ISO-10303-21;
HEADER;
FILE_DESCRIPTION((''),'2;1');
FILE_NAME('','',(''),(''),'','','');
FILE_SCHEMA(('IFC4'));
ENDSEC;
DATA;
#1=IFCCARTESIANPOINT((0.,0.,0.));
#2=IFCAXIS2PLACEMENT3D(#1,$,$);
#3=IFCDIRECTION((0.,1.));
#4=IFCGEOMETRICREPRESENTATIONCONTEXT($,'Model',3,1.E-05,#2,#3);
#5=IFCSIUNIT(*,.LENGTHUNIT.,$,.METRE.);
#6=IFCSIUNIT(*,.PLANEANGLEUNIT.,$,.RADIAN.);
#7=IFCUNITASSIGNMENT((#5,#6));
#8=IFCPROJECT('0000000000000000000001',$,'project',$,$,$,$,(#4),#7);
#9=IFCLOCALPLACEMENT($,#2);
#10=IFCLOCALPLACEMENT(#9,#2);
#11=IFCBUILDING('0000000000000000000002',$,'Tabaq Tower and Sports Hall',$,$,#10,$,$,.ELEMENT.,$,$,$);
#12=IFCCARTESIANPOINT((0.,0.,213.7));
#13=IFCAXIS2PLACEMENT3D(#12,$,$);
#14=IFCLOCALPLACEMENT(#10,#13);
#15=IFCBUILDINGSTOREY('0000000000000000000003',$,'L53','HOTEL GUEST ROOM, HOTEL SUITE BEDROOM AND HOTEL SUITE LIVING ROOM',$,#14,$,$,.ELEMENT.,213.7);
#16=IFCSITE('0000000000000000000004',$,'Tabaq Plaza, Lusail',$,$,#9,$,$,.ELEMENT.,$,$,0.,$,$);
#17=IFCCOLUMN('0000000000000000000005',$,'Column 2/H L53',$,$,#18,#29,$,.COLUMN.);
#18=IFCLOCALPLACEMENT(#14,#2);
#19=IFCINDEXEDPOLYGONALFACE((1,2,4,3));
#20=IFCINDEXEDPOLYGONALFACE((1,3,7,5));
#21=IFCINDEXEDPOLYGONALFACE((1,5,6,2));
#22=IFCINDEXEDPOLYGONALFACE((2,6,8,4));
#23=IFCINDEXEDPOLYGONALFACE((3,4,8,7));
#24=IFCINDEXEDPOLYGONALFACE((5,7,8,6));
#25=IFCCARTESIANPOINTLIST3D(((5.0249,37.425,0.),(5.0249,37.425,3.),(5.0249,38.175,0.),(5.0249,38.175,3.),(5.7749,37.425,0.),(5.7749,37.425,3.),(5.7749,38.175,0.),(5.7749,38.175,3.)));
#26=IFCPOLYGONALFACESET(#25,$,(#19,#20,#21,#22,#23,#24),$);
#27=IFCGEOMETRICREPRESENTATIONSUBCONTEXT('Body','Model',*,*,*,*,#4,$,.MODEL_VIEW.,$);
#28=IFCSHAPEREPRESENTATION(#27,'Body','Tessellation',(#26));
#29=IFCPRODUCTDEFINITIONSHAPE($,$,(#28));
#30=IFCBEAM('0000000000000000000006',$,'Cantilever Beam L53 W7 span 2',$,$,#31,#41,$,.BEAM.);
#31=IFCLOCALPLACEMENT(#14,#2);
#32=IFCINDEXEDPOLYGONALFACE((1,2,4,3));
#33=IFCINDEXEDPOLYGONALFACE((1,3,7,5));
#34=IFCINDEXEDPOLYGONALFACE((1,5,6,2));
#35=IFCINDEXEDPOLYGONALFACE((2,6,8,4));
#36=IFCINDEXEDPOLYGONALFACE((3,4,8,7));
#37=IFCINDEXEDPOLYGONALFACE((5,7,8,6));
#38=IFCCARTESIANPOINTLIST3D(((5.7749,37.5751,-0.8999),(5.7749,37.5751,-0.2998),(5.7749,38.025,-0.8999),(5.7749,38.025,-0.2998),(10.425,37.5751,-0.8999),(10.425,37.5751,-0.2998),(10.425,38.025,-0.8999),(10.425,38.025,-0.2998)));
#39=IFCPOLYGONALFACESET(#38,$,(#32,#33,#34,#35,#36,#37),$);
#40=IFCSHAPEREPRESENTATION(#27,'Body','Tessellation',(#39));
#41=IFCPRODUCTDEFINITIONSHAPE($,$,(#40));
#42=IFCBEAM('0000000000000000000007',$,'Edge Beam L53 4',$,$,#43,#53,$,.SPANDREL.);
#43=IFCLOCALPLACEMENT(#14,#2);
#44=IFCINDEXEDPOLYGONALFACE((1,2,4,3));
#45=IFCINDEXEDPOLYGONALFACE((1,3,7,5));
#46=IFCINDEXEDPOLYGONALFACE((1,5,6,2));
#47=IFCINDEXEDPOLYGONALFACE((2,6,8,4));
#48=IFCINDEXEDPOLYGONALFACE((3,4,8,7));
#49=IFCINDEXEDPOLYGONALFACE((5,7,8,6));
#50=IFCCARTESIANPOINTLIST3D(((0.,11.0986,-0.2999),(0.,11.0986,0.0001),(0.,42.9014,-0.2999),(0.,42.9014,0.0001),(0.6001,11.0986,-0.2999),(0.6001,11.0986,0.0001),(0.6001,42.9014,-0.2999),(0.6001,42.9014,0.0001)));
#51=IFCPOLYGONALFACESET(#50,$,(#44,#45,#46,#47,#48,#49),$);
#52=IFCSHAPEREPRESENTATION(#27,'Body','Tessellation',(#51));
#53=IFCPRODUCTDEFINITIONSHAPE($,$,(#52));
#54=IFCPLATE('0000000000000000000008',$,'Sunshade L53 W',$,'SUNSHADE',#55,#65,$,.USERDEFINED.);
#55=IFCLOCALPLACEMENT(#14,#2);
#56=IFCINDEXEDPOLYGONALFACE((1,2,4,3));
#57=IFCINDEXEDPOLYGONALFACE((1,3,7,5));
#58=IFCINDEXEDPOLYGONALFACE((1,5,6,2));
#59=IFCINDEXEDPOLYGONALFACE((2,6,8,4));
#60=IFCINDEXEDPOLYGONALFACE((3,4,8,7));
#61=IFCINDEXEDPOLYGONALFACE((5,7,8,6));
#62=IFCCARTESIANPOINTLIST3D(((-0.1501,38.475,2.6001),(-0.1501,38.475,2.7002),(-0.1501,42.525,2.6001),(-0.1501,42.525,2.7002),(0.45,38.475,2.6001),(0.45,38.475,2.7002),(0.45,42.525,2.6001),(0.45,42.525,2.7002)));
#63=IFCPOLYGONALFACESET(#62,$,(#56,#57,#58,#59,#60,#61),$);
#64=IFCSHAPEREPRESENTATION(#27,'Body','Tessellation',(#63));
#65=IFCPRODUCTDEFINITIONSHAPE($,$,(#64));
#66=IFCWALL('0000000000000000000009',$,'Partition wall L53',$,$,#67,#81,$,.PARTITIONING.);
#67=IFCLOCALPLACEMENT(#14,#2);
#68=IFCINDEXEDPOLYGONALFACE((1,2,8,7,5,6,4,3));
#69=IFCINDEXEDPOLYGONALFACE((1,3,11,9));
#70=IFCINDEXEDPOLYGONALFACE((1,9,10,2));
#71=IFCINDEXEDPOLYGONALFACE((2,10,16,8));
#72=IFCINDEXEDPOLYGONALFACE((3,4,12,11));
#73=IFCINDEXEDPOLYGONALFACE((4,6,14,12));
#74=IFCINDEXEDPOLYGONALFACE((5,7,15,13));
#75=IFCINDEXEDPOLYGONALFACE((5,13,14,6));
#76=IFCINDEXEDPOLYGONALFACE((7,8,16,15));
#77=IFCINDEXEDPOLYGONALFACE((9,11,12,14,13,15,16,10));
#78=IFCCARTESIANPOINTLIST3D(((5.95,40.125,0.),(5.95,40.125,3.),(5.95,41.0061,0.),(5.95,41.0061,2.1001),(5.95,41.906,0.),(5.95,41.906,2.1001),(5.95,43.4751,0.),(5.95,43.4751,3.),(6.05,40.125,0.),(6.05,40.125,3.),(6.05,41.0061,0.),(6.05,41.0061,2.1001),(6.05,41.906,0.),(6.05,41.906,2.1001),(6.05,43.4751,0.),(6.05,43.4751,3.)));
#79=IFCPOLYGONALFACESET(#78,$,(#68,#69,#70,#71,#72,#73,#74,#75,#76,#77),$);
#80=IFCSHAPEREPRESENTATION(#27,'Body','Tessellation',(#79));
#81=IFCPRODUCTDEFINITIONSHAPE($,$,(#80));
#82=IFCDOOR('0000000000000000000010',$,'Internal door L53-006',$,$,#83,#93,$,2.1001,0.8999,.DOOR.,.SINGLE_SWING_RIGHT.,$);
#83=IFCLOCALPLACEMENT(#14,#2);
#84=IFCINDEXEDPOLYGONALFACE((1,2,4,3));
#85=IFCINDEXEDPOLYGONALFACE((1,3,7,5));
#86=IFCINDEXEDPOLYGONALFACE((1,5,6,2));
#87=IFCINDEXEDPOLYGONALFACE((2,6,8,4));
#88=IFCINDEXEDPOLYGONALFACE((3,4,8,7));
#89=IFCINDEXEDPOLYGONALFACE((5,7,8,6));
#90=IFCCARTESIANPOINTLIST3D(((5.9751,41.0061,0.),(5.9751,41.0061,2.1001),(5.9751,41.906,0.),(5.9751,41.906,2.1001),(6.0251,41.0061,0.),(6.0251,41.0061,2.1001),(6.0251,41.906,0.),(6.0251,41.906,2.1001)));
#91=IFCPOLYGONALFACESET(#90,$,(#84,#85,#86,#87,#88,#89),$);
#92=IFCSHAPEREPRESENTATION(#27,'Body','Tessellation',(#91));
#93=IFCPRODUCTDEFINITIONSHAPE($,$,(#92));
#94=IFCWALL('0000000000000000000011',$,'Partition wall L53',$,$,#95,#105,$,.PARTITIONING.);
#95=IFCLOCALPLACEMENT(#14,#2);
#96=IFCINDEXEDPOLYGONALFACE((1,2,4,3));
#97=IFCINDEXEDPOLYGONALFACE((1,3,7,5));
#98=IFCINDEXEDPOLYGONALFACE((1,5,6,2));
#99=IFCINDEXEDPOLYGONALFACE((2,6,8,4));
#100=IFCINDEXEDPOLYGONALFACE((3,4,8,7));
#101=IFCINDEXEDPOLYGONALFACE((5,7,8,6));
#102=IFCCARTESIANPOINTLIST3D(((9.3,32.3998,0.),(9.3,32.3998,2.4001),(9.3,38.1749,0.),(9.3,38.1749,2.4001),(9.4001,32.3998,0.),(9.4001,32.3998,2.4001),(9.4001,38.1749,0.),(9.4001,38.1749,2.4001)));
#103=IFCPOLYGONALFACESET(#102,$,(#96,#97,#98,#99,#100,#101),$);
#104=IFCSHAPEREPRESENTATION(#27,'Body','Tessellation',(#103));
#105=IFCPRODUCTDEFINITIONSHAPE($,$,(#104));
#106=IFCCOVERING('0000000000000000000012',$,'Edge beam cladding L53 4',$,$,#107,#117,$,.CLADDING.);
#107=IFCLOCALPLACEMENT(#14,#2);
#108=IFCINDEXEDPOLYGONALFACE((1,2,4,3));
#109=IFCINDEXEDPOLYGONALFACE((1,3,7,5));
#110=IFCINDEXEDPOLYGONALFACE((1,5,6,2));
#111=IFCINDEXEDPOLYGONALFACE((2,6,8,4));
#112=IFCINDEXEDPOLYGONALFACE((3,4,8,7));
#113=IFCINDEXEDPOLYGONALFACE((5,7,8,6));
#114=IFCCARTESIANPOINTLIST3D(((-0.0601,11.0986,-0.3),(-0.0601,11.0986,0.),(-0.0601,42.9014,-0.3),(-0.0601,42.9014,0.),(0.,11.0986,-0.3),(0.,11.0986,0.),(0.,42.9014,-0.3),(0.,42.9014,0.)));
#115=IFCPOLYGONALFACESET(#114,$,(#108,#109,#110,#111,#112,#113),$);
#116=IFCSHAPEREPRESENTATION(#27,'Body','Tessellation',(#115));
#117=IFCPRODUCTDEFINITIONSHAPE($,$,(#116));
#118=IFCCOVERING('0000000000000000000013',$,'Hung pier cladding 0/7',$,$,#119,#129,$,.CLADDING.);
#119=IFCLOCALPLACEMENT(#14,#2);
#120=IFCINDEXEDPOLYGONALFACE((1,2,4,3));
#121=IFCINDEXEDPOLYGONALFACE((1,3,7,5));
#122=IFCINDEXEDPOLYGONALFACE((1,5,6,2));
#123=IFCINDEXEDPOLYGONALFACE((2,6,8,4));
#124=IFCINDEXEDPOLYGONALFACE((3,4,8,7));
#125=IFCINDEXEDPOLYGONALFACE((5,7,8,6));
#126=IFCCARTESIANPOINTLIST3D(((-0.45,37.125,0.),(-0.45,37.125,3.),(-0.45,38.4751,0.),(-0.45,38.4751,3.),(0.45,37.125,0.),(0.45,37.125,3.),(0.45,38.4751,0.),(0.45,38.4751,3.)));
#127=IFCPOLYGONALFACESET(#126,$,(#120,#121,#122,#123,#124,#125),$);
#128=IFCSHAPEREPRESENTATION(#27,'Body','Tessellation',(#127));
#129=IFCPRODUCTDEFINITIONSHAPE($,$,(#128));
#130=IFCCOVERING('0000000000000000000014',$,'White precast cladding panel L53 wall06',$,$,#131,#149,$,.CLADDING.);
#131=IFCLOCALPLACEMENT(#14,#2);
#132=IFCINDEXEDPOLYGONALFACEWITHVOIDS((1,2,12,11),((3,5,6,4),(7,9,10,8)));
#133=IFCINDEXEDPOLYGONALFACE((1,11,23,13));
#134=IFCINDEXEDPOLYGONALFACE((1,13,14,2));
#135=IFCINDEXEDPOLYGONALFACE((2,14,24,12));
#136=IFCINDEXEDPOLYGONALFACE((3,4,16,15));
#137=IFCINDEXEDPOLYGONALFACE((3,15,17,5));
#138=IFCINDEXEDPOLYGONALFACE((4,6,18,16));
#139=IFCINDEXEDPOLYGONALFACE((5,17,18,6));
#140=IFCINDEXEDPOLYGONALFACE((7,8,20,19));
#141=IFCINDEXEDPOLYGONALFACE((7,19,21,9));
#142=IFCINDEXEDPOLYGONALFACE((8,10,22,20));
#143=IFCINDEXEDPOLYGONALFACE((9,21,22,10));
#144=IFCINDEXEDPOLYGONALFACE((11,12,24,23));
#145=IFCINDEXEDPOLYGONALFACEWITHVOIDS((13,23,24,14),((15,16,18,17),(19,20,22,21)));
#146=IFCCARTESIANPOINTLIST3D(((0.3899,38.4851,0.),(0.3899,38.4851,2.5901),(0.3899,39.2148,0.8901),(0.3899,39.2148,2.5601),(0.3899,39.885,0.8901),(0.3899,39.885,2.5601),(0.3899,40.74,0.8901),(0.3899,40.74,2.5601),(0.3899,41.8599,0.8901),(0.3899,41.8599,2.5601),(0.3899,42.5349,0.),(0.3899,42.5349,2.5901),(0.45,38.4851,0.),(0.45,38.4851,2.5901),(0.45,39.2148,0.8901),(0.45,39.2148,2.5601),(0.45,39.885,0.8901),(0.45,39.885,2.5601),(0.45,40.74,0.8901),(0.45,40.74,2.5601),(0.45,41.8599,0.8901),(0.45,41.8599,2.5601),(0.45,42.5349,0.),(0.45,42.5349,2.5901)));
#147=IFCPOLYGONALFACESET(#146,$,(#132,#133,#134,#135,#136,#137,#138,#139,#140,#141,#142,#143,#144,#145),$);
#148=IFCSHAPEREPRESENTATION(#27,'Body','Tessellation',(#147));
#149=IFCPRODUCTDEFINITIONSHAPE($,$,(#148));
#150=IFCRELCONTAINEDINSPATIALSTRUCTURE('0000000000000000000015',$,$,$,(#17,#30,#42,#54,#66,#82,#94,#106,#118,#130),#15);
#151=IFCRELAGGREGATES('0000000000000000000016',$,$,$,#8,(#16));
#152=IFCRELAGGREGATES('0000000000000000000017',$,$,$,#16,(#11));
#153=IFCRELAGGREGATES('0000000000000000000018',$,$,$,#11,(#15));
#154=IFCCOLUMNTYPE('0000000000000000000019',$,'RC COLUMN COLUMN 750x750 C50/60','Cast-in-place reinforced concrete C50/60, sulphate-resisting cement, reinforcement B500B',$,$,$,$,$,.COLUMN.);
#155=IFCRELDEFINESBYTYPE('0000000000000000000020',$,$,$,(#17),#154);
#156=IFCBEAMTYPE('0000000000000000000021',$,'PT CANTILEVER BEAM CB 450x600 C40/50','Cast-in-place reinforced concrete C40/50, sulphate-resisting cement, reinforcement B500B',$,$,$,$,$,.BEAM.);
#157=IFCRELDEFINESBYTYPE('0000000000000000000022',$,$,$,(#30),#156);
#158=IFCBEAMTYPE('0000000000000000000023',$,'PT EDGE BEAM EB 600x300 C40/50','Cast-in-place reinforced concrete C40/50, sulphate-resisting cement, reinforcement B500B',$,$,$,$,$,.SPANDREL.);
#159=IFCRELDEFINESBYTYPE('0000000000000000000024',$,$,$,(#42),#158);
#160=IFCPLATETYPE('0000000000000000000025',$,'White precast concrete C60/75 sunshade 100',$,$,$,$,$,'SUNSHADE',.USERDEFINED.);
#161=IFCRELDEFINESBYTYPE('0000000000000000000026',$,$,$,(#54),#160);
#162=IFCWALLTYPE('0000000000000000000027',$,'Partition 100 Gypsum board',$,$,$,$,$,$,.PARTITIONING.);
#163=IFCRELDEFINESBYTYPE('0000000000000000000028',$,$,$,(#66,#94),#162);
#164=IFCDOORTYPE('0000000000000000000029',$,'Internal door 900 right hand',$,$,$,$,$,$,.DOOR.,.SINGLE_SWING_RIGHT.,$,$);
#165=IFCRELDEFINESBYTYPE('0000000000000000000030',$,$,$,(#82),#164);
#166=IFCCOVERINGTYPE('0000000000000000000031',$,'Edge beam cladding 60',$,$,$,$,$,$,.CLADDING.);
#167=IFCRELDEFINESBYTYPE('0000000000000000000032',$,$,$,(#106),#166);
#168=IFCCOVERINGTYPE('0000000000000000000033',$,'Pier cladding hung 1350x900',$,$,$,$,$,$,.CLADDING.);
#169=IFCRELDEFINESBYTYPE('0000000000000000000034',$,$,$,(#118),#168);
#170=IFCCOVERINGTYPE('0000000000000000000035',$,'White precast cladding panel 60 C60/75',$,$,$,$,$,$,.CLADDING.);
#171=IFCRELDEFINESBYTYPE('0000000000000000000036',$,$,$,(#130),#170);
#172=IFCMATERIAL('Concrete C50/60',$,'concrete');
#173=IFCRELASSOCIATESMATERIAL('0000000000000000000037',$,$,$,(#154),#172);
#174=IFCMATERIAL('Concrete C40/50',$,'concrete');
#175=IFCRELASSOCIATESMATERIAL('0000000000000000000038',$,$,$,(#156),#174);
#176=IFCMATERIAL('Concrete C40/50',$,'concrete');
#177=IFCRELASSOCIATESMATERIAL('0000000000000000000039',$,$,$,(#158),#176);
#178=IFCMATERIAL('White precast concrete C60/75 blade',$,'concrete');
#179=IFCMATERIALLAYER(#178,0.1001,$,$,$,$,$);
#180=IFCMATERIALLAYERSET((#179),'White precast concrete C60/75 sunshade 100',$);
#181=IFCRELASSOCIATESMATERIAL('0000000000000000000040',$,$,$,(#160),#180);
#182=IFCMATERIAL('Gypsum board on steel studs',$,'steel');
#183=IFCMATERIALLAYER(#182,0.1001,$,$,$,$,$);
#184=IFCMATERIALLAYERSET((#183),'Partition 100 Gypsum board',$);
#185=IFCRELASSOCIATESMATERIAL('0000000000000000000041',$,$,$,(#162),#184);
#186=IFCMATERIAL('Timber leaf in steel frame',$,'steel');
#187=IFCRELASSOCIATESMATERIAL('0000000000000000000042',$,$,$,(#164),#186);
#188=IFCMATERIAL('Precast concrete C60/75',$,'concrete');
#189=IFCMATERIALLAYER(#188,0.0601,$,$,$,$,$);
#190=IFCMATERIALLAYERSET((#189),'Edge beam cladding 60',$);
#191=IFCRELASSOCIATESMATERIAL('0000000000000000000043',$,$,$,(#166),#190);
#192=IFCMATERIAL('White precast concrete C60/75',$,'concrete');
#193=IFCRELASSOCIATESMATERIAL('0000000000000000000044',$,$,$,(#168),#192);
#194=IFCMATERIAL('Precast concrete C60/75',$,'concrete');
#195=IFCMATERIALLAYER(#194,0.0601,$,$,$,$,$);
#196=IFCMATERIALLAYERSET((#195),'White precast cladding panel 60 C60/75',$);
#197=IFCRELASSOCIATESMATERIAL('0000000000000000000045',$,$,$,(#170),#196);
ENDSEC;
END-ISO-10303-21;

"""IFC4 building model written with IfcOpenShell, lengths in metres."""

from ifc_helpers import new_model, si_unit, direction, frame, frame_2d, origin, origin_2d, place, context, subcontext, project, spatial, polyline, rectangle, outline, extrude, material, layer, layer_set, material_profile, profile_set, type_object, element, fill, save


model = new_model("IFC4")

# Units and contexts
model_context = context("Model", 3, precision=1e-05, world=origin(), true_north=direction((0.0, 1.0)))
body_context = subcontext(model_context, "Body", "Model", "MODEL_VIEW")
ifc_project = project(units=[si_unit("LENGTHUNIT", "METRE"), si_unit("PLANEANGLEUNIT", "RADIAN")], contexts=[model_context])

# Site, building, storey
site_placement = place(None, origin())
site = spatial("IfcSite", under=ifc_project, at=site_placement, Name="Tabaq Plaza, Lusail", CompositionType="ELEMENT", RefElevation=0.0)
building_placement = place(site_placement, origin())
building = spatial("IfcBuilding", under=site, at=building_placement, Name="Tabaq Tower and Sports Hall", CompositionType="ELEMENT")
storey_placement = place(building_placement, frame((0.0, 0.0, 213.7)))
storey = spatial("IfcBuildingStorey", under=building, at=storey_placement, Name="L53", Description="HOTEL GUEST ROOM, HOTEL SUITE BEDROOM AND HOTEL SUITE LIVING ROOM", CompositionType="ELEMENT", Elevation=213.7)

# Column
ifc_material_1 = material(Name="Concrete C50/60", Category="concrete")
ifc_material_profile_1 = material_profile(ifc_material_1, rectangle(XDim=0.75, YDim=0.75, at=origin_2d()), Name="COLUMN 750x750")
ifc_profile_set_1 = profile_set([ifc_material_profile_1], Name="Concrete C50/60")
column_type = type_object("IfcColumnType", Name="RC COLUMN COLUMN 750x750 C50/60", Description="Cast-in-place reinforced concrete C50/60, sulphate-resisting cement, reinforcement B500B", PredefinedType="COLUMN", material=ifc_profile_set_1)
column_placement = place(storey_placement, frame((5.3999, 37.8, 0.0), z_axis=(0.0, 0.0, 1.0), x_axis=(1.0, 0.0, 0.0)))
element("IfcColumn", 1, at=column_placement, inside=storey, type_object=column_type, Name="Column 2/H L53", PredefinedType="COLUMN", context=body_context, shape_type="SweptSolid", body=[
    extrude(rectangle(XDim=0.75, YDim=0.75, at=origin_2d()), origin(), (0.0, 0.0, 1.0), 3.0),
])

# Beams
ifc_material_2 = material(Name="Concrete C40/50", Category="concrete")
ifc_material_profile_2 = material_profile(ifc_material_2, rectangle(XDim=0.45, YDim=0.6001, at=origin_2d()), Name="CB 450x600")
ifc_profile_set_2 = profile_set([ifc_material_profile_2], Name="Concrete C40/50")
beam_type_1 = type_object("IfcBeamType", Name="PT CANTILEVER BEAM CB 450x600 C40/50", Description="Cast-in-place reinforced concrete C40/50, sulphate-resisting cement, reinforcement B500B", PredefinedType="BEAM", material=ifc_profile_set_2)
beam_1_placement = place(storey_placement, frame((5.7749, 37.8, -0.5999), z_axis=(1.0, 0.0, 0.0), x_axis=(0.0, 1.0, 0.0)))
element("IfcBeam", 2, at=beam_1_placement, inside=storey, type_object=beam_type_1, Name="Cantilever Beam L53 W7 span 2", PredefinedType="BEAM", context=body_context, shape_type="SweptSolid", body=[
    extrude(rectangle(XDim=0.45, YDim=0.6001, at=origin_2d()), origin(), (0.0, 0.0, 1.0), 4.6501),
])
ifc_material_3 = material(Name="Concrete C40/50", Category="concrete")
ifc_material_profile_3 = material_profile(ifc_material_3, rectangle(XDim=0.6001, YDim=0.3, at=origin_2d()), Name="EB 600x300")
ifc_profile_set_3 = profile_set([ifc_material_profile_3], Name="Concrete C40/50")
beam_type_2 = type_object("IfcBeamType", Name="PT EDGE BEAM EB 600x300 C40/50", Description="Cast-in-place reinforced concrete C40/50, sulphate-resisting cement, reinforcement B500B", PredefinedType="SPANDREL", material=ifc_profile_set_3)
beam_2_placement = place(storey_placement, frame((0.3, 42.9014, -0.1499), z_axis=(0.0, -1.0, 0.0), x_axis=(1.0, 0.0, 0.0)))
element("IfcBeam", 3, at=beam_2_placement, inside=storey, type_object=beam_type_2, Name="Edge Beam L53 4", PredefinedType="SPANDREL", context=body_context, shape_type="SweptSolid", body=[
    extrude(rectangle(XDim=0.6001, YDim=0.3, at=origin_2d()), origin(), (0.0, 0.0, 1.0), 31.8027),
])

# Plate
ifc_material_4 = material(Name="White precast concrete C60/75 blade", Category="concrete")
ifc_layer_1 = layer(ifc_material_4, 0.1001)
ifc_layer_set_1 = layer_set([ifc_layer_1], Name="White precast concrete C60/75 sunshade 100")
plate_type = type_object("IfcPlateType", Name="White precast concrete C60/75 sunshade 100", ElementType="SUNSHADE", PredefinedType="USERDEFINED", material=ifc_layer_set_1)
plate_placement = place(storey_placement, frame((0.1499, 40.5, 2.6001), z_axis=(0.0, 0.0, 1.0), x_axis=(0.0, -1.0, 0.0)))
element("IfcPlate", 4, at=plate_placement, inside=storey, type_object=plate_type, Name="Sunshade L53 W", ObjectType="SUNSHADE", PredefinedType="USERDEFINED", context=body_context, shape_type="SweptSolid", body=[
    extrude(rectangle(XDim=4.05, YDim=0.6001, at=origin_2d()), origin(), (0.0, 0.0, 1.0), 0.1001),
])

# Wall, opening, door
ifc_material_5 = material(Name="Gypsum board on steel studs", Category="steel")
ifc_layer_2 = layer(ifc_material_5, 0.1001)
ifc_layer_set_2 = layer_set([ifc_layer_2], Name="Partition 100 Gypsum board")
wall_type_1 = type_object("IfcWallType", Name="Partition 100 Gypsum board", PredefinedType="PARTITIONING", material=ifc_layer_set_2)
wall_1_placement = place(storey_placement, frame((6.0, 40.125, 0.0), z_axis=(0.0, 0.0, 1.0), x_axis=(0.0, 1.0, 0.0)))
wall_1 = element("IfcWall", 5, at=wall_1_placement, inside=storey, type_object=wall_type_1, Name="Partition wall L53", PredefinedType="PARTITIONING", context=body_context, shape_type="SweptSolid", body=[
    extrude(rectangle(XDim=3.3501, YDim=0.1001, at=frame_2d((1.675, 0.0))), origin(), (0.0, 0.0, 1.0), 3.0),
])
opening_1_placement = place(wall_1_placement, frame((0.8811, 0.0, 0.0)))
opening_1 = element("IfcOpeningElement", 6, at=opening_1_placement, cuts=wall_1, PredefinedType="OPENING", context=body_context, shape_type="SweptSolid", body=[
    extrude(rectangle(XDim=0.8999, YDim=2.1001, at=frame_2d((0.45, 1.05))), frame((0.0, 0.05, 0.0), z_axis=(0.0, -1.0, 0.0), x_axis=(1.0, 0.0, 0.0)), (0.0, 0.0, 1.0), 0.1001),
])
ifc_material_6 = material(Name="Timber leaf in steel frame", Category="steel")
door_type = type_object("IfcDoorType", Name="Internal door 900 right hand", OperationType="SINGLE_SWING_RIGHT", PredefinedType="DOOR", material=ifc_material_6)
door_placement = place(opening_1_placement, origin())
door = element("IfcDoor", 7, at=door_placement, inside=storey, type_object=door_type, Name="Internal door L53-006", OperationType="SINGLE_SWING_RIGHT", OverallHeight=2.1001, OverallWidth=0.8999, PredefinedType="DOOR", context=body_context, shape_type="SweptSolid", body=[
    extrude(rectangle(XDim=0.8999, YDim=2.1001, at=frame_2d((0.45, 1.05))), frame((0.0, 0.0249, 0.0), z_axis=(0.0, -1.0, 0.0), x_axis=(1.0, 0.0, 0.0)), (0.0, 0.0, 1.0), 0.05),
])
fill(opening_1, door)

# Wall
wall_2_placement = place(storey_placement, frame((9.3501, 38.175, 0.0), z_axis=(0.0, 0.0, 1.0), x_axis=(0.0, -1.0, 0.0)))
element("IfcWall", 8, at=wall_2_placement, inside=storey, type_object=wall_type_1, Name="Partition wall L53", PredefinedType="PARTITIONING", context=body_context, shape_type="SweptSolid", body=[
    extrude(rectangle(XDim=5.7751, YDim=0.1001, at=frame_2d((2.8877, 0.0))), origin(), (0.0, 0.0, 1.0), 2.4001),
])

# Coverings
ifc_material_7 = material(Name="Precast concrete C60/75", Category="concrete")
ifc_layer_3 = layer(ifc_material_7, 0.0601)
ifc_layer_set_3 = layer_set([ifc_layer_3], Name="Edge beam cladding 60")
covering_type_1 = type_object("IfcCoveringType", Name="Edge beam cladding 60", PredefinedType="CLADDING", material=ifc_layer_set_3)
covering_1_placement = place(storey_placement, frame((-0.03, 42.9014, -0.3), z_axis=(0.0, 0.0, 1.0), x_axis=(0.0, -1.0, 0.0)))
element("IfcCovering", 9, at=covering_1_placement, inside=storey, type_object=covering_type_1, Name="Edge beam cladding L53 4", PredefinedType="CLADDING", context=body_context, shape_type="SweptSolid", body=[
    extrude(rectangle(XDim=31.8027, YDim=0.0601, at=frame_2d((15.9014, 0.0))), origin(), (0.0, 0.0, 1.0), 0.3),
])
ifc_material_8 = material(Name="White precast concrete C60/75", Category="concrete")
covering_type_2 = type_object("IfcCoveringType", Name="Pier cladding hung 1350x900", PredefinedType="CLADDING", material=ifc_material_8)
covering_2_placement = place(storey_placement, frame((0.0, 38.4751, 0.0), z_axis=(0.0, 0.0, 1.0), x_axis=(0.0, -1.0, 0.0)))
element("IfcCovering", 10, at=covering_2_placement, inside=storey, type_object=covering_type_2, Name="Hung pier cladding 0/7", PredefinedType="CLADDING", context=body_context, shape_type="SweptSolid", body=[
    extrude(rectangle(XDim=1.3501, YDim=0.8999, at=frame_2d((0.675, 0.0))), origin(), (0.0, 0.0, 1.0), 3.0),
])
ifc_material_9 = material(Name="Precast concrete C60/75", Category="concrete")
ifc_layer_4 = layer(ifc_material_9, 0.0601)
ifc_layer_set_4 = layer_set([ifc_layer_4], Name="White precast cladding panel 60 C60/75")
covering_type_3 = type_object("IfcCoveringType", Name="White precast cladding panel 60 C60/75", PredefinedType="CLADDING", material=ifc_layer_set_4)
covering_3_placement = place(storey_placement, frame((0.4199, 42.5349, 0.0), z_axis=(0.0, 0.0, 1.0), x_axis=(0.0, -1.0, 0.0)))
element("IfcCovering", 11, at=covering_3_placement, inside=storey, type_object=covering_type_3, Name="White precast cladding panel L53 wall06", PredefinedType="CLADDING", context=body_context, shape_type="SweptSolid", body=[
    extrude(outline(polyline([(0.0, 0.0), (4.0498, 0.0), (4.0498, 2.5901), (0.0, 2.5901), (0.0, 0.0)]), holes=[polyline([(0.675, 0.8901), (0.675, 2.5601), (1.7949, 2.5601), (1.7949, 0.8901), (0.675, 0.8901)]), polyline([(2.6499, 0.8901), (2.6499, 2.5601), (3.3201, 2.5601), (3.3201, 0.8901), (2.6499, 0.8901)])]), frame((0.0, 0.03, 0.0), z_axis=(0.0, -1.0, 0.0), x_axis=(1.0, 0.0, 0.0)), (0.0, 0.0, 1.0), 0.0601),
])

save(model, "model.ifc")
